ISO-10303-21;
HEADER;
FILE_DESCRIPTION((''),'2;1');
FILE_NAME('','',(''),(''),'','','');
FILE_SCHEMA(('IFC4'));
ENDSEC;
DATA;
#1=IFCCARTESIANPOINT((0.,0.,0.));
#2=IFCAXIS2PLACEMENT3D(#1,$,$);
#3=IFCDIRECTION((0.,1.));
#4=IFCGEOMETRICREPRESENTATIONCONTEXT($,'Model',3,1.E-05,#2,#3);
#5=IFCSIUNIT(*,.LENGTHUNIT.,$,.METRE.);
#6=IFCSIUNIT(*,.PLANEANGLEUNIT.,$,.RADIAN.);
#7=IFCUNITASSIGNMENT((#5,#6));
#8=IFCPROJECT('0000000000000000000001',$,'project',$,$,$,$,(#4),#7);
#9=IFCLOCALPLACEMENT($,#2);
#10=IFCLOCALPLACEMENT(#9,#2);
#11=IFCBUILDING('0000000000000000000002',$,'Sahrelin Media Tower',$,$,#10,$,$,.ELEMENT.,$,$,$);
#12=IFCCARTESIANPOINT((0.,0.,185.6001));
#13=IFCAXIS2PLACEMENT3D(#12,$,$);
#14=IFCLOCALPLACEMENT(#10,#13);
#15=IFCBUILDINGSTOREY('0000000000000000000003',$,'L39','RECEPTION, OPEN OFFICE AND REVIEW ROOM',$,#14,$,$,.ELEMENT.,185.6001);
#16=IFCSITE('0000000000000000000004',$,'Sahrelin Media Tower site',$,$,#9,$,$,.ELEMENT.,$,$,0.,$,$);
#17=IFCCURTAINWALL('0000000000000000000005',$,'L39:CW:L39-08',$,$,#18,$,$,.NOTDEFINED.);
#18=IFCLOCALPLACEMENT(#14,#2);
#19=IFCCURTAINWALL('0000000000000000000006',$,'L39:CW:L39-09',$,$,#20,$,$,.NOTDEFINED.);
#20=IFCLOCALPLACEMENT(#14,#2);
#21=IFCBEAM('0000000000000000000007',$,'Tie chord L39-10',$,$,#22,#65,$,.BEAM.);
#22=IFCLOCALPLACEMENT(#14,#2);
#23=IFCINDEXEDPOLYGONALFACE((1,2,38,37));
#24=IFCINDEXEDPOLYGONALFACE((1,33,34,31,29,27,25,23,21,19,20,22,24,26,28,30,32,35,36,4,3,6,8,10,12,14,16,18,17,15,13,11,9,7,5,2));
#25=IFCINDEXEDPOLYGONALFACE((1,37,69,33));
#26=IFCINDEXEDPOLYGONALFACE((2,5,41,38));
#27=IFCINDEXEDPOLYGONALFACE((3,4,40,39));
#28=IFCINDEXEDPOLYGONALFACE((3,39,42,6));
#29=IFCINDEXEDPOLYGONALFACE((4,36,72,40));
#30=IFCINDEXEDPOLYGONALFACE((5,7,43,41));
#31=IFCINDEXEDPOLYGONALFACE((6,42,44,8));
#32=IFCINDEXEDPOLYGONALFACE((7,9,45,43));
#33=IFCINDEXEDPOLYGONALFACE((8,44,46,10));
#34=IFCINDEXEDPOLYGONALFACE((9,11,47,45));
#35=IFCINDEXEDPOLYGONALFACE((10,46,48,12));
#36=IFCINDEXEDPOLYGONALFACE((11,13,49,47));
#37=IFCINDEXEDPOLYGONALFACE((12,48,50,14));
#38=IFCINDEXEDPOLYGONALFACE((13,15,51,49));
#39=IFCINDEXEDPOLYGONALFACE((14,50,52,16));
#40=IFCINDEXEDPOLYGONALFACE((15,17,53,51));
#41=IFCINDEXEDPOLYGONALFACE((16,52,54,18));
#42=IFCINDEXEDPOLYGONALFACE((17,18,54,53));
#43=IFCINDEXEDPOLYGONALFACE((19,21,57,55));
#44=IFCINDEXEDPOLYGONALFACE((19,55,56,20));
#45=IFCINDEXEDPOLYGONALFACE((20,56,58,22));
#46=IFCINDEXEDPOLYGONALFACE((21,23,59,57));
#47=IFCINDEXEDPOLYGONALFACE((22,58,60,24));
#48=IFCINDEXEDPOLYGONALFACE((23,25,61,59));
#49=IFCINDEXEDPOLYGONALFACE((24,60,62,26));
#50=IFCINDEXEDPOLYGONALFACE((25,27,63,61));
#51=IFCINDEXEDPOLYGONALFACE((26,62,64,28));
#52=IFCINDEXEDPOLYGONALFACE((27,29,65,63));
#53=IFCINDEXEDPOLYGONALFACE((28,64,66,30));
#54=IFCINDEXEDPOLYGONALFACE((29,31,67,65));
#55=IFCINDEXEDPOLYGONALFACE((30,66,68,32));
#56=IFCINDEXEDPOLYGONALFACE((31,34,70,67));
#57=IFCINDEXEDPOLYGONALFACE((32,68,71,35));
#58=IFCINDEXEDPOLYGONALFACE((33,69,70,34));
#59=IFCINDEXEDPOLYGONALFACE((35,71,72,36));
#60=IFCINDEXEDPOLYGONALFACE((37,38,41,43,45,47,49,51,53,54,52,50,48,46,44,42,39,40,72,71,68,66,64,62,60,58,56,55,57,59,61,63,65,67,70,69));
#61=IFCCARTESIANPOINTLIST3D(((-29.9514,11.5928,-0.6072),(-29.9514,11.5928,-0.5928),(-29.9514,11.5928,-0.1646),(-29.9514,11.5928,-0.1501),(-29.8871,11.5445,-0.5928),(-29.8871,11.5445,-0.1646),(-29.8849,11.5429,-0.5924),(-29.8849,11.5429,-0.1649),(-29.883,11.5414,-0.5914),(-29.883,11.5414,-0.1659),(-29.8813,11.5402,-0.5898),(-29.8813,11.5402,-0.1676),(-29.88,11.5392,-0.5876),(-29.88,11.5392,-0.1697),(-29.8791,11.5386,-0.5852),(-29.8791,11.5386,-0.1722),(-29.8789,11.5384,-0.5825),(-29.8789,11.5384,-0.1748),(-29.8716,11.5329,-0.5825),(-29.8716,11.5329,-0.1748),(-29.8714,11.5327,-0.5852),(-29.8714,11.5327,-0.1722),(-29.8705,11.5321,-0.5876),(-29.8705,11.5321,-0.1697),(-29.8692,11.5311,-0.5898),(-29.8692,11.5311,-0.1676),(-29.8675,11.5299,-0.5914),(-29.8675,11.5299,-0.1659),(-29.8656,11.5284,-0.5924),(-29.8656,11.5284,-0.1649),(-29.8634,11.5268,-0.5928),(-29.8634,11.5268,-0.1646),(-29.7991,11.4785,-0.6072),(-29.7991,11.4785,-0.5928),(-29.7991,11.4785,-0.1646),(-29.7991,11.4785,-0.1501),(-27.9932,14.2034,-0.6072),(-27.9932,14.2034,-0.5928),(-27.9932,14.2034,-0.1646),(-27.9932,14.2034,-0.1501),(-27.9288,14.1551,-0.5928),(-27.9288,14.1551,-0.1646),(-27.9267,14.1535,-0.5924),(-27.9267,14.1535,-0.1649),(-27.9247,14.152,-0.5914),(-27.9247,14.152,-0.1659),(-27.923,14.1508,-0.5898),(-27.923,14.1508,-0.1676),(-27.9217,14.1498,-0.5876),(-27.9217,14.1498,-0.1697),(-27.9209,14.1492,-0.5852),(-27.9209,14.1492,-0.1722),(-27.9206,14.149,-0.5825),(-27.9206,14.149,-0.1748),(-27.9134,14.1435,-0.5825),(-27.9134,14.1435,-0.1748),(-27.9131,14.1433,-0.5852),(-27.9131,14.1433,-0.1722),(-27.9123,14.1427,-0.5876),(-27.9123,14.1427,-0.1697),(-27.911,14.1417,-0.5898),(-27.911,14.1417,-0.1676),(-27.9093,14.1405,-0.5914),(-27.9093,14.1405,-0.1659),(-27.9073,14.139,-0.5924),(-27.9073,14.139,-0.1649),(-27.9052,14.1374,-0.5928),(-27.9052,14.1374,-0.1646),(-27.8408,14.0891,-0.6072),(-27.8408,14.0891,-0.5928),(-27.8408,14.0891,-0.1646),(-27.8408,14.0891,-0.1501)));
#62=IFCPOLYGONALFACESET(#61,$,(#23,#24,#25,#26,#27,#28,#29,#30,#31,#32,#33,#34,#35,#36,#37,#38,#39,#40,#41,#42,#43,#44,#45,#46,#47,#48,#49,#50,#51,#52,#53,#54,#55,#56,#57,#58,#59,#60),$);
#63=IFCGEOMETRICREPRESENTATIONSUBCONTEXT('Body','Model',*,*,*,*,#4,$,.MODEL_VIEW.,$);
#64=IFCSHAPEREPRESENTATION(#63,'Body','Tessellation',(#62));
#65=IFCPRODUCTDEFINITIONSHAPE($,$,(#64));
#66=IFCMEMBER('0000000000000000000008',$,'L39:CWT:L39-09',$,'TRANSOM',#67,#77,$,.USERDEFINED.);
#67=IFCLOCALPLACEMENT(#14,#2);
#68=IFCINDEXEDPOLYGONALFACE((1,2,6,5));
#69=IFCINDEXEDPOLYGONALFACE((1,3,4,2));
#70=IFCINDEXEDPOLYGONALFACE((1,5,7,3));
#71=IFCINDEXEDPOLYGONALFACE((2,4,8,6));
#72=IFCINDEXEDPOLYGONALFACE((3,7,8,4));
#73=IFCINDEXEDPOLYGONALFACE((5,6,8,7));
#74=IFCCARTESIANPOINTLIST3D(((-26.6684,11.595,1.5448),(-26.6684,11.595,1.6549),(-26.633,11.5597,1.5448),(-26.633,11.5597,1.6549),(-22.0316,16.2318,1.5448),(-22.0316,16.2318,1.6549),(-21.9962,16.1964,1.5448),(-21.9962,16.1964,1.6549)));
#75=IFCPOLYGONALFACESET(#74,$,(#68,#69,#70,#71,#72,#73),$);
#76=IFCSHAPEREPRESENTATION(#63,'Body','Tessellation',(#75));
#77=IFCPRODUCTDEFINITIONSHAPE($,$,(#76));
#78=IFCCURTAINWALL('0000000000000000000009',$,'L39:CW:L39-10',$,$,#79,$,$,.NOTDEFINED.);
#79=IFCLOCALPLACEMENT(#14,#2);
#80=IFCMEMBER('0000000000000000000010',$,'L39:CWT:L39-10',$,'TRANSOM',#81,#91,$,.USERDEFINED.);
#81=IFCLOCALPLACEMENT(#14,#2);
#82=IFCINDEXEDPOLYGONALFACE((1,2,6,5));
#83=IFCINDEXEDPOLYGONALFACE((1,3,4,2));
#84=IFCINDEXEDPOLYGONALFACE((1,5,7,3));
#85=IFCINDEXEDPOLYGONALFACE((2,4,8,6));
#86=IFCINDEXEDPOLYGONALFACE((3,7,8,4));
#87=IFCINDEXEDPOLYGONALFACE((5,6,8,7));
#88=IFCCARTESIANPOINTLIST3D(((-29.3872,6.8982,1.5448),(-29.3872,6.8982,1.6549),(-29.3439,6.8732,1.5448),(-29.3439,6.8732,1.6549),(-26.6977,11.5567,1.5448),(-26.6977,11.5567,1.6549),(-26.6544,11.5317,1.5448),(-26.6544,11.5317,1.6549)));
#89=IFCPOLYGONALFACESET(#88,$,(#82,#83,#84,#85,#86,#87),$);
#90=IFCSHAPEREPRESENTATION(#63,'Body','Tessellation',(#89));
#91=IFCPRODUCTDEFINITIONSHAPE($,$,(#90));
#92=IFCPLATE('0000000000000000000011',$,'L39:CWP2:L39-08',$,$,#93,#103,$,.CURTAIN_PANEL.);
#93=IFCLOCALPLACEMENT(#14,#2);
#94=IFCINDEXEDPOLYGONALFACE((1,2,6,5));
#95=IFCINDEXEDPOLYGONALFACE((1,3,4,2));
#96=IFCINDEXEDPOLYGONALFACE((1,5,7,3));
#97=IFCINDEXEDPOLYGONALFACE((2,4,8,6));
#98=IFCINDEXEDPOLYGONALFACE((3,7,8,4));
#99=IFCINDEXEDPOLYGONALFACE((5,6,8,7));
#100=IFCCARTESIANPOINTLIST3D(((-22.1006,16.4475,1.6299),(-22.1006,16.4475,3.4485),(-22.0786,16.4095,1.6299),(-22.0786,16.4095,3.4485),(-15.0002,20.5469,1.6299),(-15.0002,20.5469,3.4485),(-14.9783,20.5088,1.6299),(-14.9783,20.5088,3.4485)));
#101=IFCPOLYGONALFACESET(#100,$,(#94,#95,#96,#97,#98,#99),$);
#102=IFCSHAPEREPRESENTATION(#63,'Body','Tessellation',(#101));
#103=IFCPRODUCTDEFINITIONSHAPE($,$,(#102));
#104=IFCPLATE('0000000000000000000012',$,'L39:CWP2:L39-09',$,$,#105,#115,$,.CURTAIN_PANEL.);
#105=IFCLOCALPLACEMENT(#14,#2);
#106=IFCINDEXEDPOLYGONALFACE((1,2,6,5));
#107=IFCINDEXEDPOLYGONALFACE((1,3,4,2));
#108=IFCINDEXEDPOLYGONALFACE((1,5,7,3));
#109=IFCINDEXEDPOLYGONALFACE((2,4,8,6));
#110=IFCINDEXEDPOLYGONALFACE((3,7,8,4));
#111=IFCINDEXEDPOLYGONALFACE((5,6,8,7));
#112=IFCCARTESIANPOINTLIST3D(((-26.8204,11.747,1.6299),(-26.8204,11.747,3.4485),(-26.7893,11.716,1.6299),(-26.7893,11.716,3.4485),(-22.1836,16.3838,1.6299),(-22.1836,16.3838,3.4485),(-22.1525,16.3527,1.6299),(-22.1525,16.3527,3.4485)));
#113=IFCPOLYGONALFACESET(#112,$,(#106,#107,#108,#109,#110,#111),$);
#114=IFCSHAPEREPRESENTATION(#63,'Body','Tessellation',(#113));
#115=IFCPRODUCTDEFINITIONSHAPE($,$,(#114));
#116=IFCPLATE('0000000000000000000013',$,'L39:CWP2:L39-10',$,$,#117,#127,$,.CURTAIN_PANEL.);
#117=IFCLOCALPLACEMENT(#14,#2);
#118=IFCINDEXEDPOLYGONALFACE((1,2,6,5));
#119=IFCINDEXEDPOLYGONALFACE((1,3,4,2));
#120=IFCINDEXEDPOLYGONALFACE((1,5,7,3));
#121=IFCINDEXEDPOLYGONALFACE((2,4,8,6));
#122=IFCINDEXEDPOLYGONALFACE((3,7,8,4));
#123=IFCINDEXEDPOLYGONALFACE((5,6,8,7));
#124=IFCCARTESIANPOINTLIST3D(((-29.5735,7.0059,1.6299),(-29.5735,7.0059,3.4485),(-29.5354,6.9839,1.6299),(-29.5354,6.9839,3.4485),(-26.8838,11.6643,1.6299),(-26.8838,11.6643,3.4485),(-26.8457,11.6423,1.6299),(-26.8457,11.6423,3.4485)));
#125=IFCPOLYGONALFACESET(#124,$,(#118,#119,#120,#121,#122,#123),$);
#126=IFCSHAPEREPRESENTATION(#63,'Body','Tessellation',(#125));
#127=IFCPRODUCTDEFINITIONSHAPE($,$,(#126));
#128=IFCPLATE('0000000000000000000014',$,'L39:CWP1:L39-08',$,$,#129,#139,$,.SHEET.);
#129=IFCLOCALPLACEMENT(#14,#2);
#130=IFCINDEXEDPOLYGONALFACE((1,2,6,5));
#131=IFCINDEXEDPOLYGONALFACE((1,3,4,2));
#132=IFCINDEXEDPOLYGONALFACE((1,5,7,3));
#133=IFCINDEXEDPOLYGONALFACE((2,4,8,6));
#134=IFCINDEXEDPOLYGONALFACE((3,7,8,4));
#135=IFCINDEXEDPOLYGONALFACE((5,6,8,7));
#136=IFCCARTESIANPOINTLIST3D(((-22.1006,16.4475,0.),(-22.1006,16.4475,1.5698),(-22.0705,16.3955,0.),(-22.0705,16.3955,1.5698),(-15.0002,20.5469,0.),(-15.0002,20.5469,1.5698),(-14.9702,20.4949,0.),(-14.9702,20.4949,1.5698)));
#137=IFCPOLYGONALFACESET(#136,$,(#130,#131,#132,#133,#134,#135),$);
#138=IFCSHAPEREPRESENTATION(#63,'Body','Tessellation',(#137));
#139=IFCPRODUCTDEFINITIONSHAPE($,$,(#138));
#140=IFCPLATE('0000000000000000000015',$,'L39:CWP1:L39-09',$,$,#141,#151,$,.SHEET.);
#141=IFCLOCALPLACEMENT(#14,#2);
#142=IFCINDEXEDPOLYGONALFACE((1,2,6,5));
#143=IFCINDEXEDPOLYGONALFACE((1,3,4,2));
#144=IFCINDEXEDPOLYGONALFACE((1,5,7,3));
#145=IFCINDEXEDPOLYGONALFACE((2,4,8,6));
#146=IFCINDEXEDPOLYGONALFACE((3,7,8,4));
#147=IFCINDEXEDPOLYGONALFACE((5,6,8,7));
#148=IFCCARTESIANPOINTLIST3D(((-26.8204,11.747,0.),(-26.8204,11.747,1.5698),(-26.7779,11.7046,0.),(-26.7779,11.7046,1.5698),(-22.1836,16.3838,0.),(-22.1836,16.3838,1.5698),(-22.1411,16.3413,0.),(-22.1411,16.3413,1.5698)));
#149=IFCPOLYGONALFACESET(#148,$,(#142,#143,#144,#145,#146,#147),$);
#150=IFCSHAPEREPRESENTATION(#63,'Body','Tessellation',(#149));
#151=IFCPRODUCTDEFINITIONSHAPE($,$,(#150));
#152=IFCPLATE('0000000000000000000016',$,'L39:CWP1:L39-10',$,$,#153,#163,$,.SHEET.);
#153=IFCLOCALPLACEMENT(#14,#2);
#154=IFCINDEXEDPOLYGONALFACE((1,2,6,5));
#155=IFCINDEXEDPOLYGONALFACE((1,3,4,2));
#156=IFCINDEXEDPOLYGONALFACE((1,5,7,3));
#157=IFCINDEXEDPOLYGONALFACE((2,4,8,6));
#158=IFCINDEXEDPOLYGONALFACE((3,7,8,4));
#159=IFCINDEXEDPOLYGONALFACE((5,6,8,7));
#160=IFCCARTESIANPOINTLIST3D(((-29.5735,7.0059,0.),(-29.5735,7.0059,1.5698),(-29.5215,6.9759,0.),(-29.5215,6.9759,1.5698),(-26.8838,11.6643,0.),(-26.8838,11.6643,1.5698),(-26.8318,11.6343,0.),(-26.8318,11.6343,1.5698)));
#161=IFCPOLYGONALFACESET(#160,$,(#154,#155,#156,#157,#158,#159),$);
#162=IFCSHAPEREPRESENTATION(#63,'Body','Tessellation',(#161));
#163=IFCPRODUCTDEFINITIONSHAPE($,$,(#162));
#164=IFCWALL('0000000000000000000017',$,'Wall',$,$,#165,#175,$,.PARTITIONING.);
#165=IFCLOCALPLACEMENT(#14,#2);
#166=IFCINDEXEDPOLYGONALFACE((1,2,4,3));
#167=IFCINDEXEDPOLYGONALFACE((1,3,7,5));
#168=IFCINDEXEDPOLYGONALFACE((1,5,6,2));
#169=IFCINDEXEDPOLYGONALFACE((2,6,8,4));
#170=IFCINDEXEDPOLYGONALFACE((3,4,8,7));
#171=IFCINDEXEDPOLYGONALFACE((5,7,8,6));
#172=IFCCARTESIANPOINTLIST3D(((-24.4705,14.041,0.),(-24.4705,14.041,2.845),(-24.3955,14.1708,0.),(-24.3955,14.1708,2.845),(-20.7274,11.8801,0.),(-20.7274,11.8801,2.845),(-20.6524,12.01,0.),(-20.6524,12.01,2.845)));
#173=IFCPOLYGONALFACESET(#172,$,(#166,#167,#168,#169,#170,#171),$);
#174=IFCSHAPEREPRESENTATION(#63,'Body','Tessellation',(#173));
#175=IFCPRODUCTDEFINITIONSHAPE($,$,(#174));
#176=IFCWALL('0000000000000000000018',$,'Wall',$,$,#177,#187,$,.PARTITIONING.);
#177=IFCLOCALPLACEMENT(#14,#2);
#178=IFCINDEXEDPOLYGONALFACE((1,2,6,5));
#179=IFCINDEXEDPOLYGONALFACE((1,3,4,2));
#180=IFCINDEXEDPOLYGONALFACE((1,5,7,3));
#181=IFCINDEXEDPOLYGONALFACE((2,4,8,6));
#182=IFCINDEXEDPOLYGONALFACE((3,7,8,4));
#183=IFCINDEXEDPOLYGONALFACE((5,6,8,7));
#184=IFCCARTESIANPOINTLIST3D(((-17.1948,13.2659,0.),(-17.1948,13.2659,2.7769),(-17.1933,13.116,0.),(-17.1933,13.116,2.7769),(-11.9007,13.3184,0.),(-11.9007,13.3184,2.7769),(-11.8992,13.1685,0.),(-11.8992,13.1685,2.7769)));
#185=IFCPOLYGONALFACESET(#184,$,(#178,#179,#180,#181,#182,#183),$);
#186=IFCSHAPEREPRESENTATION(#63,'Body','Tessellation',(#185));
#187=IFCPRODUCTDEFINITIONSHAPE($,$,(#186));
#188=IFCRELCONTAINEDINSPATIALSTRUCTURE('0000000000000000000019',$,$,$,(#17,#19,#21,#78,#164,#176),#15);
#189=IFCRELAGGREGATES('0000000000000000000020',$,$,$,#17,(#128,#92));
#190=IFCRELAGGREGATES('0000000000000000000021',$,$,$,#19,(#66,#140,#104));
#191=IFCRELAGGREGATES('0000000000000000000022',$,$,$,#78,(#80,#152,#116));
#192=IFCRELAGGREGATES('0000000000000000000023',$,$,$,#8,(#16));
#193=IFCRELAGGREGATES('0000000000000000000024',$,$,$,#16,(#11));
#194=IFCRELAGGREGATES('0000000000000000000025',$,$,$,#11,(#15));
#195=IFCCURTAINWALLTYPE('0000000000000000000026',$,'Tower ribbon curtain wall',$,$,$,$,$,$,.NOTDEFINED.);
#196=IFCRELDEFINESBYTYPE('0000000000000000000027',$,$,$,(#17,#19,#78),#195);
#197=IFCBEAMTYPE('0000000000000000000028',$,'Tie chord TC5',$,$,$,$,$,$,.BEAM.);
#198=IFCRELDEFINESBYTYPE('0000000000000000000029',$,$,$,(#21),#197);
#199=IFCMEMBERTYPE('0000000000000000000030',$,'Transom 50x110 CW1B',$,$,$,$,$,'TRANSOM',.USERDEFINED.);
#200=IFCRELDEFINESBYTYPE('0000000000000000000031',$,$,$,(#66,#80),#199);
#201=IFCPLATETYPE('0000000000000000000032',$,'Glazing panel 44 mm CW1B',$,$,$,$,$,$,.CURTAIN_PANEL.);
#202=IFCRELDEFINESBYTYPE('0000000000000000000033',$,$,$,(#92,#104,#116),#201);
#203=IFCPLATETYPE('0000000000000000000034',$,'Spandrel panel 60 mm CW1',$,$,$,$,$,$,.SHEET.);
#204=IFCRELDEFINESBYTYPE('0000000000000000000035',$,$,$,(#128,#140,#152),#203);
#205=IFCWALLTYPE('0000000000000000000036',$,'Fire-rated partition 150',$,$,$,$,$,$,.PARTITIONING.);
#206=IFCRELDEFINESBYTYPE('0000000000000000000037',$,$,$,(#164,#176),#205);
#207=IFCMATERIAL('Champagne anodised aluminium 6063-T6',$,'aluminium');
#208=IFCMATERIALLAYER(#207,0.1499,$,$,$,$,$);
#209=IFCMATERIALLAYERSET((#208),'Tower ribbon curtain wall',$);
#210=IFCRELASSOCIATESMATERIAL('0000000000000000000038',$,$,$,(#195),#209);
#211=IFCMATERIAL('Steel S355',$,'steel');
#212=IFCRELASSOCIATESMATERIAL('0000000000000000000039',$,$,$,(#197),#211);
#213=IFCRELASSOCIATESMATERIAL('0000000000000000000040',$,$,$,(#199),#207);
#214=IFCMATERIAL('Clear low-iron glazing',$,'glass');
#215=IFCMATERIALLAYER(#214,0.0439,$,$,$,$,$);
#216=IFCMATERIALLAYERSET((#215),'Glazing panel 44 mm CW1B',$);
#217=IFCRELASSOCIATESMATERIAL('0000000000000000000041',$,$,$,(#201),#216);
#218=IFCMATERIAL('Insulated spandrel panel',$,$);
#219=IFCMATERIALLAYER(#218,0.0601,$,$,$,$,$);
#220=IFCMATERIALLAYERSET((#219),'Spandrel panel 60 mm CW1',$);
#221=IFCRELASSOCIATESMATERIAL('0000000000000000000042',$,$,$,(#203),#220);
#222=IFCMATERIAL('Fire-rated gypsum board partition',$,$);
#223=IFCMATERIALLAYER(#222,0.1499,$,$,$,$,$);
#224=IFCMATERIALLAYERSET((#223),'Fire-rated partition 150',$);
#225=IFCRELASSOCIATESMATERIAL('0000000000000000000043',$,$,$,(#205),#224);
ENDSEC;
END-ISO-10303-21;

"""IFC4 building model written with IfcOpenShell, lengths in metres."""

from ifc_helpers import new_model, si_unit, direction, frame, frame_2d, origin, origin_2d, place, context, subcontext, project, spatial, polyline, rectangle, i_section, outline, extrude, material, layer, layer_set, material_profile, profile_set, type_object, element, aggregate, save


model = new_model("IFC4")

# Units and contexts
model_context = context("Model", 3, precision=1e-05, world=origin(), true_north=direction((0.0, 1.0)))
body_context = subcontext(model_context, "Body", "Model", "MODEL_VIEW")
ifc_project = project(units=[si_unit("LENGTHUNIT", "METRE"), si_unit("PLANEANGLEUNIT", "RADIAN")], contexts=[model_context])

# Site, building, storey
site_placement = place(None, origin())
site = spatial("IfcSite", under=ifc_project, at=site_placement, Name="Sahrelin Media Tower site", CompositionType="ELEMENT", RefElevation=0.0)
building_placement = place(site_placement, origin())
building = spatial("IfcBuilding", under=site, at=building_placement, Name="Sahrelin Media Tower", CompositionType="ELEMENT")
storey_placement = place(building_placement, frame((0.0, 0.0, 185.6001)))
storey = spatial("IfcBuildingStorey", under=building, at=storey_placement, Name="L39", Description="RECEPTION, OPEN OFFICE AND REVIEW ROOM", CompositionType="ELEMENT", Elevation=185.6001)

# Shared definitions
ifc_material_1 = material(Name="Steel S355", Category="steel")

# Curtain walls
ifc_material_2 = material(Name="Champagne anodised aluminium 6063-T6", Category="aluminium")
ifc_layer_1 = layer(ifc_material_2, 0.1499)
ifc_layer_set_1 = layer_set([ifc_layer_1], Name="Tower ribbon curtain wall")
curtain_wall_type = type_object("IfcCurtainWallType", Name="Tower ribbon curtain wall", PredefinedType="NOTDEFINED", material=ifc_layer_set_1)
curtain_wall_1_placement = place(storey_placement, frame((-18.5403, 18.4797, 0.0), z_axis=(0.0, 0.0, 1.0), x_axis=(1.0, 0.0, 0.0)))
curtain_wall_1 = element("IfcCurtainWall", 1, at=curtain_wall_1_placement, inside=storey, type_object=curtain_wall_type, Name="L39:CW:L39-08", PredefinedType="NOTDEFINED")
curtain_wall_2_placement = place(storey_placement, frame((-24.4878, 14.0513, 0.0), z_axis=(0.0, 0.0, 1.0), x_axis=(1.0, 0.0, 0.0)))
curtain_wall_2 = element("IfcCurtainWall", 2, at=curtain_wall_2_placement, inside=storey, type_object=curtain_wall_type, Name="L39:CW:L39-09", PredefinedType="NOTDEFINED")

# Beam
ifc_material_profile_1 = material_profile(ifc_material_1, i_section(OverallWidth=0.1904, OverallDepth=0.457, WebThickness=0.009, FlangeThickness=0.0144, FilletRadius=0.0103, at=origin_2d()), Name="UB 457x191x74")
ifc_profile_set_1 = profile_set([ifc_material_profile_1], Name="Steel S355")
beam_type_1 = type_object("IfcBeamType", Name="Tie chord TC5", PredefinedType="BEAM", material=ifc_profile_set_1)
beam_1_placement = place(storey_placement, frame((-27.917, 14.1462, -0.3787), z_axis=(-0.60006, -0.799955, 0.0), x_axis=(0.799955, -0.60006, 0.0)))
element("IfcBeam", 3, at=beam_1_placement, inside=storey, type_object=beam_type_1, Name="Tie chord L39-10", PredefinedType="BEAM", context=body_context, shape_type="SweptSolid", body=[
    extrude(i_section(OverallWidth=0.1904, OverallDepth=0.457, WebThickness=0.009, FlangeThickness=0.0144, FilletRadius=0.0103, at=origin_2d()), origin(), (0.0, 0.0, 1.0), 3.2634),
])

# Member
ifc_material_profile_2 = material_profile(ifc_material_2, rectangle(XDim=0.05, YDim=0.1101, at=origin_2d()), Name="Transom 50x110")
ifc_profile_set_2 = profile_set([ifc_material_profile_2], Name="Champagne anodised aluminium 6063-T6")
member_type_1 = type_object("IfcMemberType", Name="Transom 50x110 CW1B", ElementType="TRANSOM", PredefinedType="USERDEFINED", material=ifc_profile_set_2)
member_1_placement = place(storey_placement, frame((-22.0139, 16.2141, 1.5999), z_axis=(-0.707107, -0.707107, 0.0), x_axis=(0.707107, -0.707107, 0.0)))
member_1 = element("IfcMember", 4, at=member_1_placement, type_object=member_type_1, Name="L39:CWT:L39-09", ObjectType="TRANSOM", PredefinedType="USERDEFINED", context=body_context, shape_type="SweptSolid", body=[
    extrude(rectangle(XDim=0.05, YDim=0.1101, at=origin_2d()), origin(), (0.0, 0.0, 1.0), 6.5574),
])

# Curtain wall, member
curtain_wall_3_placement = place(storey_placement, frame((-28.2112, 9.325, 0.0), z_axis=(0.0, 0.0, 1.0), x_axis=(1.0, 0.0, 0.0)))
curtain_wall_3 = element("IfcCurtainWall", 5, at=curtain_wall_3_placement, inside=storey, type_object=curtain_wall_type, Name="L39:CW:L39-10", PredefinedType="NOTDEFINED")
member_2_placement = place(storey_placement, frame((-26.676, 11.5442, 1.5999), z_axis=(-0.499986, -0.866034, 0.0), x_axis=(0.866034, -0.499986, 0.0)))
member_2 = element("IfcMember", 6, at=member_2_placement, type_object=member_type_1, Name="L39:CWT:L39-10", ObjectType="TRANSOM", PredefinedType="USERDEFINED", context=body_context, shape_type="SweptSolid", body=[
    extrude(rectangle(XDim=0.05, YDim=0.1101, at=origin_2d()), origin(), (0.0, 0.0, 1.0), 5.3792),
])

# Plates
ifc_material_3 = material(Name="Clear low-iron glazing", Category="glass")
ifc_layer_2 = layer(ifc_material_3, 0.0439)
ifc_layer_set_2 = layer_set([ifc_layer_2], Name="Glazing panel 44 mm CW1B")
plate_type_1 = type_object("IfcPlateType", Name="Glazing panel 44 mm CW1B", PredefinedType="CURTAIN_PANEL", material=ifc_layer_set_2)
plate_1_placement = place(storey_placement, frame((-15.0002, 20.5469, 1.6299), z_axis=(-0.499998, 0.866026, 0.0), x_axis=(-0.866026, -0.499998, 0.0)))
plate_1 = element("IfcPlate", 7, at=plate_1_placement, type_object=plate_type_1, Name="L39:CWP2:L39-08", PredefinedType="CURTAIN_PANEL", context=body_context, shape_type="SweptSolid", body=[
    extrude(outline(polyline([(0.0, 0.0), (8.1987, 0.0), (8.1987, 1.8186), (0.0, 1.8186), (0.0, 0.0)])), origin(), (0.0, 0.0, -1.0), 0.0439),
])
plate_2_placement = place(storey_placement, frame((-22.1836, 16.3838, 1.6299), z_axis=(-0.707107, 0.707107, 0.0), x_axis=(-0.707107, -0.707107, 0.0)))
plate_2 = element("IfcPlate", 8, at=plate_2_placement, type_object=plate_type_1, Name="L39:CWP2:L39-09", PredefinedType="CURTAIN_PANEL", context=body_context, shape_type="SweptSolid", body=[
    extrude(outline(polyline([(0.0, 0.0), (6.5574, 0.0), (6.5574, 1.8186), (0.0, 1.8186), (0.0, 0.0)])), origin(), (0.0, 0.0, -1.0), 0.0439),
])
plate_3_placement = place(storey_placement, frame((-26.8838, 11.6643, 1.6299), z_axis=(-0.866014, 0.50002, 0.0), x_axis=(-0.50002, -0.866014, 0.0)))
plate_3 = element("IfcPlate", 9, at=plate_3_placement, type_object=plate_type_1, Name="L39:CWP2:L39-10", PredefinedType="CURTAIN_PANEL", context=body_context, shape_type="SweptSolid", body=[
    extrude(outline(polyline([(0.0, 0.0), (5.3792, 0.0), (5.3792, 1.8186), (0.0, 1.8186), (0.0, 0.0)])), origin(), (0.0, 0.0, -1.0), 0.0439),
])
ifc_material_4 = material(Name="Insulated spandrel panel")
ifc_layer_3 = layer(ifc_material_4, 0.0601)
ifc_layer_set_3 = layer_set([ifc_layer_3], Name="Spandrel panel 60 mm CW1")
plate_type_2 = type_object("IfcPlateType", Name="Spandrel panel 60 mm CW1", PredefinedType="SHEET", material=ifc_layer_set_3)
plate_4_placement = place(storey_placement, frame((-15.0002, 20.5469, 0.0), z_axis=(-0.499998, 0.866026, 0.0), x_axis=(-0.866026, -0.499998, 0.0)))
plate_4 = element("IfcPlate", 10, at=plate_4_placement, type_object=plate_type_2, Name="L39:CWP1:L39-08", PredefinedType="SHEET", context=body_context, shape_type="SweptSolid", body=[
    extrude(outline(polyline([(0.0, 0.0), (8.1987, 0.0), (8.1987, 1.5698), (0.0, 1.5698), (0.0, 0.0)])), origin(), (0.0, 0.0, -1.0), 0.0601),
])
aggregate(curtain_wall_1, [plate_4, plate_1])
plate_5_placement = place(storey_placement, frame((-22.1836, 16.3838, 0.0), z_axis=(-0.707107, 0.707107, 0.0), x_axis=(-0.707107, -0.707107, 0.0)))
plate_5 = element("IfcPlate", 11, at=plate_5_placement, type_object=plate_type_2, Name="L39:CWP1:L39-09", PredefinedType="SHEET", context=body_context, shape_type="SweptSolid", body=[
    extrude(outline(polyline([(0.0, 0.0), (6.5574, 0.0), (6.5574, 1.5698), (0.0, 1.5698), (0.0, 0.0)])), origin(), (0.0, 0.0, -1.0), 0.0601),
])
aggregate(curtain_wall_2, [member_1, plate_5, plate_2])
plate_6_placement = place(storey_placement, frame((-26.8838, 11.6643, 0.0), z_axis=(-0.866014, 0.50002, 0.0), x_axis=(-0.50002, -0.866014, 0.0)))
plate_6 = element("IfcPlate", 12, at=plate_6_placement, type_object=plate_type_2, Name="L39:CWP1:L39-10", PredefinedType="SHEET", context=body_context, shape_type="SweptSolid", body=[
    extrude(outline(polyline([(0.0, 0.0), (5.3792, 0.0), (5.3792, 1.5698), (0.0, 1.5698), (0.0, 0.0)])), origin(), (0.0, 0.0, -1.0), 0.0601),
])
aggregate(curtain_wall_3, [member_2, plate_6, plate_3])

# Walls
ifc_material_5 = material(Name="Fire-rated gypsum board partition")
ifc_layer_4 = layer(ifc_material_5, 0.1499)
ifc_layer_set_4 = layer_set([ifc_layer_4], Name="Fire-rated partition 150")
wall_type_1 = type_object("IfcWallType", Name="Fire-rated partition 150", PredefinedType="PARTITIONING", material=ifc_layer_set_4)
wall_1_placement = place(storey_placement, frame((-24.4331, 14.106, 0.0), z_axis=(0.0, 0.0, 1.0), x_axis=(0.866048, -0.49996, 0.0)))
element("IfcWall", 13, at=wall_1_placement, inside=storey, type_object=wall_type_1, Name="Wall", PredefinedType="PARTITIONING", context=body_context, shape_type="SweptSolid", body=[
    extrude(rectangle(XDim=4.322, YDim=0.1499, at=frame_2d((2.1611, 0.0))), origin(), (0.0, 0.0, 1.0), 2.845),
])
wall_2_placement = place(storey_placement, frame((-17.1941, 13.1909, 0.0), z_axis=(0.0, 0.0, 1.0), x_axis=(0.999951, 0.009914, 0.0)))
element("IfcWall", 14, at=wall_2_placement, inside=storey, type_object=wall_type_1, Name="Wall", PredefinedType="PARTITIONING", context=body_context, shape_type="SweptSolid", body=[
    extrude(rectangle(XDim=5.2944, YDim=0.1499, at=frame_2d((2.6472, 0.0))), origin(), (0.0, 0.0, 1.0), 2.7769),
])

save(model, "model.ifc")
